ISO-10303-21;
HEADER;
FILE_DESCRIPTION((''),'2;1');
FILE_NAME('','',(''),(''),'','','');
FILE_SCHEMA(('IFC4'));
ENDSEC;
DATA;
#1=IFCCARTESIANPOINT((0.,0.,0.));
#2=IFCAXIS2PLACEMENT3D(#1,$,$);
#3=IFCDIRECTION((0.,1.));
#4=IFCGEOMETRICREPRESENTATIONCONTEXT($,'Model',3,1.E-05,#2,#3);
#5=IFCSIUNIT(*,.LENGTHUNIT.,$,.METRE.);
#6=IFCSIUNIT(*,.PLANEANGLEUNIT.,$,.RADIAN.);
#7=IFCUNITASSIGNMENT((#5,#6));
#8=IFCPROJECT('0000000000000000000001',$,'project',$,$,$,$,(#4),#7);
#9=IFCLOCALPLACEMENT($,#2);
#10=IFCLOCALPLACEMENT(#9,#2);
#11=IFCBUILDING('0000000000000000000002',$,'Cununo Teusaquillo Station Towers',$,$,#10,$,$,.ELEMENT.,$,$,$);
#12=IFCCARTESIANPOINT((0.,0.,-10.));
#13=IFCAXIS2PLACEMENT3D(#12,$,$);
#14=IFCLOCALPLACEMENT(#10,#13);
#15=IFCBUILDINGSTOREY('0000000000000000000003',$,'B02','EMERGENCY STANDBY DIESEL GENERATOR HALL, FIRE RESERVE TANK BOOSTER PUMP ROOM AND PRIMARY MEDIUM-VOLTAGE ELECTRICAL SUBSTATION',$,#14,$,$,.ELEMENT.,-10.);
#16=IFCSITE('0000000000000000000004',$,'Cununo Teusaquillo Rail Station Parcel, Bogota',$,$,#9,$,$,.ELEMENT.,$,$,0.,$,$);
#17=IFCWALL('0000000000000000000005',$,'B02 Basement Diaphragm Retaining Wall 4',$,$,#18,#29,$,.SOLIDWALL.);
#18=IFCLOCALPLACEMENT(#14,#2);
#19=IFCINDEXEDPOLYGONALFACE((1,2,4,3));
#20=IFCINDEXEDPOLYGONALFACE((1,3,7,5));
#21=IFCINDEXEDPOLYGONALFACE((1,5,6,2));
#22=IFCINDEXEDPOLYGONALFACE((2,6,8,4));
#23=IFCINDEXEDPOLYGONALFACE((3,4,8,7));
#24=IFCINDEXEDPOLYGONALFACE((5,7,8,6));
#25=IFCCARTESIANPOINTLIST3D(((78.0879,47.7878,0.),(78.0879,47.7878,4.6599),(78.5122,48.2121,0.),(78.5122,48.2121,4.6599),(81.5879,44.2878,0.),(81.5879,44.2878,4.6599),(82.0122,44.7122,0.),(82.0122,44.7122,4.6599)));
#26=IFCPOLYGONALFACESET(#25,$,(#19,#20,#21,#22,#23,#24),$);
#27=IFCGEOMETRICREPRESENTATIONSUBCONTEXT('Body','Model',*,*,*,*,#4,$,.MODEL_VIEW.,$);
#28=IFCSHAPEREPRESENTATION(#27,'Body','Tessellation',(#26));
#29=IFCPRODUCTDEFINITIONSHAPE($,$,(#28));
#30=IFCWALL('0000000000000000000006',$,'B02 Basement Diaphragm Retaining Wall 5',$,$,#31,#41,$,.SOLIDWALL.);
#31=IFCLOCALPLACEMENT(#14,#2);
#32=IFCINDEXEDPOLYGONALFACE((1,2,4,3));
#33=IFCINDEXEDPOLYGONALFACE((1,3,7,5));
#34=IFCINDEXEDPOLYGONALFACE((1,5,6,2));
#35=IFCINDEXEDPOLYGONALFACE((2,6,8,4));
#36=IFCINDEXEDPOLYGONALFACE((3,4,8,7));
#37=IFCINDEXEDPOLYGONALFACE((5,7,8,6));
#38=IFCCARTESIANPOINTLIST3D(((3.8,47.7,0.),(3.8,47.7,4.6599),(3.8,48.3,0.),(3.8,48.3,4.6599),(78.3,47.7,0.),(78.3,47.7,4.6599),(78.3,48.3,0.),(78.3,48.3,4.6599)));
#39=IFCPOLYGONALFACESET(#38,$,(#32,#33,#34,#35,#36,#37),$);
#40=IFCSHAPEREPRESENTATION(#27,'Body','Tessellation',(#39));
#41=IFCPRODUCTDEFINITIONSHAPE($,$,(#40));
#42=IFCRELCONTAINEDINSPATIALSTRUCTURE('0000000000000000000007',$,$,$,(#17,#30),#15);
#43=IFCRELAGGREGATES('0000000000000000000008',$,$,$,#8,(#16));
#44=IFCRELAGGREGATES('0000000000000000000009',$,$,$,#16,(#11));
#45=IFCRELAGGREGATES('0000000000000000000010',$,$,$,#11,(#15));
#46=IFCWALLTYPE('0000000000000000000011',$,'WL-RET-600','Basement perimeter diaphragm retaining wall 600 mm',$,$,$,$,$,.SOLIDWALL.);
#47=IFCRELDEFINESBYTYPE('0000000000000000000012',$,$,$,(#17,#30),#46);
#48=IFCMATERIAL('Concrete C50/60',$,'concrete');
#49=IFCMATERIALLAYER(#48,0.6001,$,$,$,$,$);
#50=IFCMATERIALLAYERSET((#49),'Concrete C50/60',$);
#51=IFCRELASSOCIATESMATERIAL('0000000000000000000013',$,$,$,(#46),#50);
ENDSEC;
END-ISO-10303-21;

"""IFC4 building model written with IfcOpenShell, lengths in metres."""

from ifc_helpers import new_model, si_unit, direction, frame, frame_2d, origin, place, context, subcontext, project, spatial, rectangle, extrude, material, layer, layer_set, type_object, element, save


model = new_model("IFC4")

# Units and contexts
model_context = context("Model", 3, precision=1e-05, world=origin(), true_north=direction((0.0, 1.0)))
body_context = subcontext(model_context, "Body", "Model", "MODEL_VIEW")
ifc_project = project(units=[si_unit("LENGTHUNIT", "METRE"), si_unit("PLANEANGLEUNIT", "RADIAN")], contexts=[model_context])

# Site, building, storey
site_placement = place(None, origin())
site = spatial("IfcSite", under=ifc_project, at=site_placement, Name="Cununo Teusaquillo Rail Station Parcel, Bogota", CompositionType="ELEMENT", RefElevation=0.0)
building_placement = place(site_placement, origin())
building = spatial("IfcBuilding", under=site, at=building_placement, Name="Cununo Teusaquillo Station Towers", CompositionType="ELEMENT")
storey_placement = place(building_placement, frame((0.0, 0.0, -10.0)))
storey = spatial("IfcBuildingStorey", under=building, at=storey_placement, Name="B02", Description="EMERGENCY STANDBY DIESEL GENERATOR HALL, FIRE RESERVE TANK BOOSTER PUMP ROOM AND PRIMARY MEDIUM-VOLTAGE ELECTRICAL SUBSTATION", CompositionType="ELEMENT", Elevation=-10.0)

# Walls
ifc_material_1 = material(Name="Concrete C50/60", Category="concrete")
ifc_layer_1 = layer(ifc_material_1, 0.6001)
ifc_layer_set_1 = layer_set([ifc_layer_1], Name="Concrete C50/60")
wall_type_1 = type_object("IfcWallType", Name="WL-RET-600", Description="Basement perimeter diaphragm retaining wall 600 mm", PredefinedType="SOLIDWALL", material=ifc_layer_set_1)
wall_1_placement = place(storey_placement, frame((81.8, 44.5, 0.0), z_axis=(0.0, 0.0, 1.0), x_axis=(-0.707107, 0.707107, 0.0)))
element("IfcWall", 1, at=wall_1_placement, inside=storey, type_object=wall_type_1, Name="B02 Basement Diaphragm Retaining Wall 4", PredefinedType="SOLIDWALL", context=body_context, shape_type="SweptSolid", body=[
    extrude(rectangle(XDim=4.9497, YDim=0.6001, at=frame_2d((2.4749, 0.0))), origin(), (0.0, 0.0, 1.0), 4.6599),
])
wall_2_placement = place(storey_placement, frame((78.3, 48.0, 0.0), z_axis=(0.0, 0.0, 1.0), x_axis=(-1.0, 0.0, 0.0)))
element("IfcWall", 2, at=wall_2_placement, inside=storey, type_object=wall_type_1, Name="B02 Basement Diaphragm Retaining Wall 5", PredefinedType="SOLIDWALL", context=body_context, shape_type="SweptSolid", body=[
    extrude(rectangle(XDim=74.5, YDim=0.6001, at=frame_2d((37.25, 0.0))), origin(), (0.0, 0.0, 1.0), 4.6599),
])

save(model, "model.ifc")
